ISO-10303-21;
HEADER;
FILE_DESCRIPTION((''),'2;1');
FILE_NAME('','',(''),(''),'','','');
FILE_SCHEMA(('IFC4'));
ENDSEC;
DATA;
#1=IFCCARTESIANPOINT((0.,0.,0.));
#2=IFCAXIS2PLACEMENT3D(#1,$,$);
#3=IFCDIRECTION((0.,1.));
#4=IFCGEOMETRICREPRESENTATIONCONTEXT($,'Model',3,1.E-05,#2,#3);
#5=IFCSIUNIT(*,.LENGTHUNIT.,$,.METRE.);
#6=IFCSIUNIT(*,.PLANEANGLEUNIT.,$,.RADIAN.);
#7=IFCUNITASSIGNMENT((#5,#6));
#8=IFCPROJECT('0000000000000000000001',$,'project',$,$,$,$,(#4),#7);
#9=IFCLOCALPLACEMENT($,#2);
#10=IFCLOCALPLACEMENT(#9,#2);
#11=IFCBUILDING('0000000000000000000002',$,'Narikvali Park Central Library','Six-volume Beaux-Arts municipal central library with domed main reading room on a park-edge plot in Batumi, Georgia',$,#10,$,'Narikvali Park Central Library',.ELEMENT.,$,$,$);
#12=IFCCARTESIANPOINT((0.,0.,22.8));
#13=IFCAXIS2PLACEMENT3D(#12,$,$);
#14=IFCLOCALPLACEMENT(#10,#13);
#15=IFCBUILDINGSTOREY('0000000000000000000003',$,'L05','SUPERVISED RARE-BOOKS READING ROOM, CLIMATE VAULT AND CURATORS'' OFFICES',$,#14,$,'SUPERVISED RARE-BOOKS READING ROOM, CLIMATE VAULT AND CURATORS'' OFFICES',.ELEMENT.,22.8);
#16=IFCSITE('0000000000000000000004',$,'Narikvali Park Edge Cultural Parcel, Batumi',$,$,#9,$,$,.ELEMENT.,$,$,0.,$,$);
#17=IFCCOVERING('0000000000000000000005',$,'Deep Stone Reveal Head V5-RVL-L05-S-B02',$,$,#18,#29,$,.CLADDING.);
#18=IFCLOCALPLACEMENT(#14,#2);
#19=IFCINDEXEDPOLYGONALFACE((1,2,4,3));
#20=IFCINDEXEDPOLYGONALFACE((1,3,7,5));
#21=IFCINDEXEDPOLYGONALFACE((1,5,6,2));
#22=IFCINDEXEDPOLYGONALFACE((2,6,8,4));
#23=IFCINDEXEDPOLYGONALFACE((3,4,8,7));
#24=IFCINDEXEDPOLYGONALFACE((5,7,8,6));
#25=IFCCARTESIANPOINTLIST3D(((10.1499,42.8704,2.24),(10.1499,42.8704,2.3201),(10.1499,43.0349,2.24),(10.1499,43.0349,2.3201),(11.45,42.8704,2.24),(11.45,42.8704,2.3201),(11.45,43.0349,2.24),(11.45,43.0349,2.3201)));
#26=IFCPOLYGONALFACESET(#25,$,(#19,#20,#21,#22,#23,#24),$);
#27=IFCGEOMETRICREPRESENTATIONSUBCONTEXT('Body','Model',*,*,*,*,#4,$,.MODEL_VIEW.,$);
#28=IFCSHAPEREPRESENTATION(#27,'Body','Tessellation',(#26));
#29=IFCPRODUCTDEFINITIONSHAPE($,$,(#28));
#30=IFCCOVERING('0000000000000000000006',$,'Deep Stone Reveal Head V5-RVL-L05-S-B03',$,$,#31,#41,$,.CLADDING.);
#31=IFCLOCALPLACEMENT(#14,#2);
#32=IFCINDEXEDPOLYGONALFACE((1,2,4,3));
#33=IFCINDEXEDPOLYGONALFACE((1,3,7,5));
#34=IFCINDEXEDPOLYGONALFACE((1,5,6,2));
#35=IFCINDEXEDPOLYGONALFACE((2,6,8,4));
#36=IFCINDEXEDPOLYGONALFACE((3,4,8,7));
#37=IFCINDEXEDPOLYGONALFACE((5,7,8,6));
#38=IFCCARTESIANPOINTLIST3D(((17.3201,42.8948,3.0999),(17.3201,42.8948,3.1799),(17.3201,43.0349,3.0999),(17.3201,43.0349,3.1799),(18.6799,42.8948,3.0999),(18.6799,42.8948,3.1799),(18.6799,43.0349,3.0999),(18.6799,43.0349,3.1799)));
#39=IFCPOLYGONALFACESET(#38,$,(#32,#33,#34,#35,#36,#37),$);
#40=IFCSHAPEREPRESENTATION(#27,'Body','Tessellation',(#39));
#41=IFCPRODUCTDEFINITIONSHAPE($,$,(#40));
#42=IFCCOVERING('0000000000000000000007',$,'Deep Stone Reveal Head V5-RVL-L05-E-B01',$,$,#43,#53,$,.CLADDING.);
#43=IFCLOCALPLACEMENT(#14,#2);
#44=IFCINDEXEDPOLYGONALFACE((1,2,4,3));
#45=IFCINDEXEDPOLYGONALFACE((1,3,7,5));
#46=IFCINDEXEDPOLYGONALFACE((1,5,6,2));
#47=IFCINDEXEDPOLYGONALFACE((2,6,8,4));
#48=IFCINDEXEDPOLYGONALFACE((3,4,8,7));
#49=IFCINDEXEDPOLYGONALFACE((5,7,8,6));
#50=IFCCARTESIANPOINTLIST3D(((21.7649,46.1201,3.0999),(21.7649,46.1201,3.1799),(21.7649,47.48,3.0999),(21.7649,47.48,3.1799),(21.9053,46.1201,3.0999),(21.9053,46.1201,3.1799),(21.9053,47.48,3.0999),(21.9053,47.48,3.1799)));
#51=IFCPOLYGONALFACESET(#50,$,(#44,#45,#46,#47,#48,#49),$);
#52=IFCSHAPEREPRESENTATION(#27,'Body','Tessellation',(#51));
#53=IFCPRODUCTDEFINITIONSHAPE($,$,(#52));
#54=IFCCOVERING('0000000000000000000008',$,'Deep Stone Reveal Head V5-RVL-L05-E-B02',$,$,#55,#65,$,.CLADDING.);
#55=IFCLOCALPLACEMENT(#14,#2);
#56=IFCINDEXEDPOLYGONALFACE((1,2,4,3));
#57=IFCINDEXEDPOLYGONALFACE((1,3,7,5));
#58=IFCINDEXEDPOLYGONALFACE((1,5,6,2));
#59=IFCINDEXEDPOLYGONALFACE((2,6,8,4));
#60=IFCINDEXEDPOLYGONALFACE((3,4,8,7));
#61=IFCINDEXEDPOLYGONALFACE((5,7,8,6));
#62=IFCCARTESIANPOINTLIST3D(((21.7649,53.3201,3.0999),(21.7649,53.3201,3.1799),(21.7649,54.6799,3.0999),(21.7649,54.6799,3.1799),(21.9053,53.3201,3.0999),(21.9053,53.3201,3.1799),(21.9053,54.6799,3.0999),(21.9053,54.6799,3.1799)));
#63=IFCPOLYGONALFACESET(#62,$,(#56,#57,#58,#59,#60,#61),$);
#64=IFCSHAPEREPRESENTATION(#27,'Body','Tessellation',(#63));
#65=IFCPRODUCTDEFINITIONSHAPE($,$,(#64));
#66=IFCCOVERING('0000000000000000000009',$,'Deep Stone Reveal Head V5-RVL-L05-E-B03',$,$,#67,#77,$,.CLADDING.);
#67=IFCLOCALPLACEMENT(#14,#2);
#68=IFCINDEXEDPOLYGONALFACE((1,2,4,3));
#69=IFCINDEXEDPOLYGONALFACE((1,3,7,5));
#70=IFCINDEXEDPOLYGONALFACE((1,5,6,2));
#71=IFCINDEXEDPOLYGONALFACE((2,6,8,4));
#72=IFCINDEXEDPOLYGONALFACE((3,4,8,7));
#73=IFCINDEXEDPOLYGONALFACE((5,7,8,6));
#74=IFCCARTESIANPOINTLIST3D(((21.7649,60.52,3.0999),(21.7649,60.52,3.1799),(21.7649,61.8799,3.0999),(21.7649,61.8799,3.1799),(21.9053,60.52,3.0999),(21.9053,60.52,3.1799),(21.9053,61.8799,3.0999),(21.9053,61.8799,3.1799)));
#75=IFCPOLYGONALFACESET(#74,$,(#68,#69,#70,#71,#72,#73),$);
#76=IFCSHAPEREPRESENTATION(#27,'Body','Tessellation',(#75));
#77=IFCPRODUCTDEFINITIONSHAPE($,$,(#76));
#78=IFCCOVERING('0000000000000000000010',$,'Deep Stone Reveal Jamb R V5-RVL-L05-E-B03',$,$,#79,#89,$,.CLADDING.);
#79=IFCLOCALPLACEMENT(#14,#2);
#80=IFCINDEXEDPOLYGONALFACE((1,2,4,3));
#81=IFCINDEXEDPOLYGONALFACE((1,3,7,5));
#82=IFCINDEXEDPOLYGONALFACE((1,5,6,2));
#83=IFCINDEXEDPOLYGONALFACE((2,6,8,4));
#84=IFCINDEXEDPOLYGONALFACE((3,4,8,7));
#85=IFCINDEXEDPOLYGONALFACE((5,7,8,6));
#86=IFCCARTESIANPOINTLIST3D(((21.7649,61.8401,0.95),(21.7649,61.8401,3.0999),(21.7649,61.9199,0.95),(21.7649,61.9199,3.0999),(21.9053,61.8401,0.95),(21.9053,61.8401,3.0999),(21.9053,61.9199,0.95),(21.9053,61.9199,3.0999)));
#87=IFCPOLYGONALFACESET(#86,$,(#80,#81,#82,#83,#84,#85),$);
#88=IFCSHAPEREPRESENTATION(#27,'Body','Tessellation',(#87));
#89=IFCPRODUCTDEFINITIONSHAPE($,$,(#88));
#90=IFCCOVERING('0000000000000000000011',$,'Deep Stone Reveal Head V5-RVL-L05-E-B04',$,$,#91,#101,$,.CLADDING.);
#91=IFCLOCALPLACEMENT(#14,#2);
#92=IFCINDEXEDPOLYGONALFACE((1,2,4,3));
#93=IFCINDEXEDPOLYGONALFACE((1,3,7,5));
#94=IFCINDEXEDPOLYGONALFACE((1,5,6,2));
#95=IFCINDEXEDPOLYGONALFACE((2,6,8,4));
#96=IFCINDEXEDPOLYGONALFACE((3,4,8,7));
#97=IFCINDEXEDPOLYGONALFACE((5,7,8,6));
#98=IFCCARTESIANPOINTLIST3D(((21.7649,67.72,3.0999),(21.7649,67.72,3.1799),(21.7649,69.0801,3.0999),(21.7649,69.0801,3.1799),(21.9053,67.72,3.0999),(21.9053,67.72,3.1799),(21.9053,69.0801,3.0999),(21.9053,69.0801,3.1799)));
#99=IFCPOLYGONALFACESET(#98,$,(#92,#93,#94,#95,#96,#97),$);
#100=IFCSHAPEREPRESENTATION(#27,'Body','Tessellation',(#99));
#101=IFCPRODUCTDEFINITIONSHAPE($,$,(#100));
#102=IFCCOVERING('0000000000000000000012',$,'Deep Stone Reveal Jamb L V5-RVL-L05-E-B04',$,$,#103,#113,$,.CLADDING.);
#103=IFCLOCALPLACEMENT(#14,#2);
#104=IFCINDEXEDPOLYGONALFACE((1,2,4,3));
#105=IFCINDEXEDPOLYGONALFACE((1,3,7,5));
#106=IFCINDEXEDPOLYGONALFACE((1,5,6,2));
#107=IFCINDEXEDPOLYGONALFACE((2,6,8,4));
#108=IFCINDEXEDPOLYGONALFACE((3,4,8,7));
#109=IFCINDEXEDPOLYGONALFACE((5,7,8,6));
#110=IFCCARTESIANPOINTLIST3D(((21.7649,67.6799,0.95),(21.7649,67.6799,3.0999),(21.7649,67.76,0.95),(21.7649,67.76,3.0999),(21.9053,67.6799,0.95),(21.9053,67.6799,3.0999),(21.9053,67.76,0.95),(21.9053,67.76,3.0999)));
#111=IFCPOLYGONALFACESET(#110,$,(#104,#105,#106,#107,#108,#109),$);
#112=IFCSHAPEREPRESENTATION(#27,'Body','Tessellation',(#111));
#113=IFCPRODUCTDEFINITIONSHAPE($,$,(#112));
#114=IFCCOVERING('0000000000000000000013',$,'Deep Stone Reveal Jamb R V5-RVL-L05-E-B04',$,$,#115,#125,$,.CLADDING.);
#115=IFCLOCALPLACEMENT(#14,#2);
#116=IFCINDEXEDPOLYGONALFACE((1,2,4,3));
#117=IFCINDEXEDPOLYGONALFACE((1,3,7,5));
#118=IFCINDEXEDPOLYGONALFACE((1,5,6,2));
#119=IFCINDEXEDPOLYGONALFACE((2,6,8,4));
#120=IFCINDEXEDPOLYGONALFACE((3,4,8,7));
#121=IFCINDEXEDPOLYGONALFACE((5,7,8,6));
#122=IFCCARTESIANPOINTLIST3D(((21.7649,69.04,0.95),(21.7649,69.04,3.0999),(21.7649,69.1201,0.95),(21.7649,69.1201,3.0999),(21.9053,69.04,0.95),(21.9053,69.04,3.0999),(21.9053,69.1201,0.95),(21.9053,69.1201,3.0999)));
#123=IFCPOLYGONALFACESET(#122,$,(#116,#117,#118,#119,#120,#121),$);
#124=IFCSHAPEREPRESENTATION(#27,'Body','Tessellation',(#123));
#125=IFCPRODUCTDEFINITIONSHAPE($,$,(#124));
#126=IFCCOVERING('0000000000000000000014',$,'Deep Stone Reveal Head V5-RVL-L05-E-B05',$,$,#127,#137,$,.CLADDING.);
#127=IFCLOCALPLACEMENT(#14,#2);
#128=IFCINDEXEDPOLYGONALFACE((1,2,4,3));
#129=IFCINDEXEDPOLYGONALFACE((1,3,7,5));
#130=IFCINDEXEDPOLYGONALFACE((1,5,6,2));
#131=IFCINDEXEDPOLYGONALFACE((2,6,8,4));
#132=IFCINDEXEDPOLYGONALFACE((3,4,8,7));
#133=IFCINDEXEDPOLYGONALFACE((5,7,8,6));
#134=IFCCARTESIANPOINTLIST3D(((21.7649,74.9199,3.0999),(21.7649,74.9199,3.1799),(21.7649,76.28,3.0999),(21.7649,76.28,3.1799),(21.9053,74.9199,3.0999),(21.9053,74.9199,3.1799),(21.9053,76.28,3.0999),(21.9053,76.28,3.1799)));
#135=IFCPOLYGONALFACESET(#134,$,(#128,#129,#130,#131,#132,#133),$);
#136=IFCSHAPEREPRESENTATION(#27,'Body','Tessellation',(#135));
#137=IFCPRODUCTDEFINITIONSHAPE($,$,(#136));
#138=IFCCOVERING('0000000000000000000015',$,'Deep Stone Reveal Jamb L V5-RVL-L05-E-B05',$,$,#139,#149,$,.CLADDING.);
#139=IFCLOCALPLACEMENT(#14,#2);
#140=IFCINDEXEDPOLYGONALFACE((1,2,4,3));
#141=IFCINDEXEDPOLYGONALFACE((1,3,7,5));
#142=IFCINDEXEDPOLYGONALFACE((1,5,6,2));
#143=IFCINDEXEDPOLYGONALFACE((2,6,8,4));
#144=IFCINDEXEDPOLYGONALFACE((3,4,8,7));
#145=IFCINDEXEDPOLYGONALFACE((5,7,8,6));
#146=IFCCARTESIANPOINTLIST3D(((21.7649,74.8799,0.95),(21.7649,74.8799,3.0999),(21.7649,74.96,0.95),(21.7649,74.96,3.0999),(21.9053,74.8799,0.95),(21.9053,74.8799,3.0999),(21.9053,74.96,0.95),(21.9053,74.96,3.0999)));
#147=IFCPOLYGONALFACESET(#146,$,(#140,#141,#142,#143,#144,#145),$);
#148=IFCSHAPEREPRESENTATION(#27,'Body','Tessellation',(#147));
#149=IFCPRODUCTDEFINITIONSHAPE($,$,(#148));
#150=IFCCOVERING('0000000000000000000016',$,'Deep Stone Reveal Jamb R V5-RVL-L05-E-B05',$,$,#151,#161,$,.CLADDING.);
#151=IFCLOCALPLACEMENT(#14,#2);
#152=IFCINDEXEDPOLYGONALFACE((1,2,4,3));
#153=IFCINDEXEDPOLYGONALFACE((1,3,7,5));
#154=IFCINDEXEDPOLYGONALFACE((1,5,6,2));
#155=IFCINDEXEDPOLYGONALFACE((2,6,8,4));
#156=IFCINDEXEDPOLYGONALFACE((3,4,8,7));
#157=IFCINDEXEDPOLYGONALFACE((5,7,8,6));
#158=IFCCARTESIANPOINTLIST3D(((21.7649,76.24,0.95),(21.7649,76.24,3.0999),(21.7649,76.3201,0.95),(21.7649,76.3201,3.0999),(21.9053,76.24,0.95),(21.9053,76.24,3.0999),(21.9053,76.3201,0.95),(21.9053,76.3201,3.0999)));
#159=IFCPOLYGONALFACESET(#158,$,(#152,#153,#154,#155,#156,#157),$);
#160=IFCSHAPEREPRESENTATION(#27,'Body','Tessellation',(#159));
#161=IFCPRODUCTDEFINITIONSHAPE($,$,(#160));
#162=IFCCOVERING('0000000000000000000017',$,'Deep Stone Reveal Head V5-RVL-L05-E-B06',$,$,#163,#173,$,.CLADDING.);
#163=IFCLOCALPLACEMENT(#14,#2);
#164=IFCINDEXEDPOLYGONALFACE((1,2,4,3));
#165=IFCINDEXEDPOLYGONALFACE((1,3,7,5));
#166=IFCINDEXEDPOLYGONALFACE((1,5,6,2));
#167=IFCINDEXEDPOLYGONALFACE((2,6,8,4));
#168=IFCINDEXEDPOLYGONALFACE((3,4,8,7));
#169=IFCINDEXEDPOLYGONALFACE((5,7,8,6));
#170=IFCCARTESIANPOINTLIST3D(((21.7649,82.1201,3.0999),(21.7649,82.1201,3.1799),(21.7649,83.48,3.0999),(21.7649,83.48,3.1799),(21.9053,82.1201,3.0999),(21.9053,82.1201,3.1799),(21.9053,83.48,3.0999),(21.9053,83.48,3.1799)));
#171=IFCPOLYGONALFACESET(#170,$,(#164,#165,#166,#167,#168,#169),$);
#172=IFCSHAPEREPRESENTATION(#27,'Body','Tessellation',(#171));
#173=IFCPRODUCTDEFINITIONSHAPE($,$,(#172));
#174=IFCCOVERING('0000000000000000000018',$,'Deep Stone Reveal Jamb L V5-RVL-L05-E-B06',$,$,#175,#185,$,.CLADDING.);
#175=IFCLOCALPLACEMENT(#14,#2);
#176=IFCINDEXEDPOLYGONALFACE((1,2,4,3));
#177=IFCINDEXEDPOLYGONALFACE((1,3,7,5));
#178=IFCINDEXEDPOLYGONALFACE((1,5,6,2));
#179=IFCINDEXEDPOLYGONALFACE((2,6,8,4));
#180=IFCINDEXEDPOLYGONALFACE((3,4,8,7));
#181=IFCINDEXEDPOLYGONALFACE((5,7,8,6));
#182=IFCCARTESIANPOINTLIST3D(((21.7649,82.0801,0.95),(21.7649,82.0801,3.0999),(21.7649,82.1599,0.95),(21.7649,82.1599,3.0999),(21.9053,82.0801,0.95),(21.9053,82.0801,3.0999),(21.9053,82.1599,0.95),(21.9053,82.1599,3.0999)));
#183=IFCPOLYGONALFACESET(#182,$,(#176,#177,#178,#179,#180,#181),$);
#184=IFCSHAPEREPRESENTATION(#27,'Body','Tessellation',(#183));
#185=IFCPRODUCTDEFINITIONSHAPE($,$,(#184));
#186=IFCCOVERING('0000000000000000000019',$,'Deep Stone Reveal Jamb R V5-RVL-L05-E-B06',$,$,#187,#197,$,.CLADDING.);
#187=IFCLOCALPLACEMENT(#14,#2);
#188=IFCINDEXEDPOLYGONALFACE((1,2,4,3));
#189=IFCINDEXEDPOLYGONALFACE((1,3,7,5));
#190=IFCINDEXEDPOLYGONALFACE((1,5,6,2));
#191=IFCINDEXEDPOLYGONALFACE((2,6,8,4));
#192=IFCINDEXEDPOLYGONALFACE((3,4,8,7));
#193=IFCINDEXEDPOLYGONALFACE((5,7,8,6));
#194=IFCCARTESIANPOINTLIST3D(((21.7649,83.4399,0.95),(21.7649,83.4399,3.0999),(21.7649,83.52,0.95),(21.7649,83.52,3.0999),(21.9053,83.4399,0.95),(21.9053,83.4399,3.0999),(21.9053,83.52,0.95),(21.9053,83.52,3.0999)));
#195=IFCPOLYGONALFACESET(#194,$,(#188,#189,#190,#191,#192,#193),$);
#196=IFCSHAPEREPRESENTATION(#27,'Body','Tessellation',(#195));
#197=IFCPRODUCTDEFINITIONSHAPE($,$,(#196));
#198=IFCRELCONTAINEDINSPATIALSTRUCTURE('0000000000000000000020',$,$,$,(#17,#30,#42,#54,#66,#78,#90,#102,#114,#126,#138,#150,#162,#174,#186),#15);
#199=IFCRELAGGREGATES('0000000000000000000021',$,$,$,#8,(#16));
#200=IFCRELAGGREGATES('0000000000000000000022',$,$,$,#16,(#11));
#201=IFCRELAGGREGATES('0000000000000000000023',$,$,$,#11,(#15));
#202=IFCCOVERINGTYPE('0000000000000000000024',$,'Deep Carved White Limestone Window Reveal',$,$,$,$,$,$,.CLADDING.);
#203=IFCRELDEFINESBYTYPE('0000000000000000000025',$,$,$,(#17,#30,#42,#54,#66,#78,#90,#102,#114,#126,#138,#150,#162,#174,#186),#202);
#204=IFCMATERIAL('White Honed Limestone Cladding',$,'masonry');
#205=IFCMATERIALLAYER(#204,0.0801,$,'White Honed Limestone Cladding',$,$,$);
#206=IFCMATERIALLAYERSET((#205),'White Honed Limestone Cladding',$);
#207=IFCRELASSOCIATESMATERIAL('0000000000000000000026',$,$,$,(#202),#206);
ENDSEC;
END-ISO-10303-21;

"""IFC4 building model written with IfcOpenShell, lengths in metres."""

from ifc_helpers import new_model, si_unit, direction, frame, origin, place, context, subcontext, project, spatial, polyline, outline, extrude, material, layer, layer_set, type_object, element, save


model = new_model("IFC4")

# Units and contexts
model_context = context("Model", 3, precision=1e-05, world=origin(), true_north=direction((0.0, 1.0)))
body_context = subcontext(model_context, "Body", "Model", "MODEL_VIEW")
ifc_project = project(units=[si_unit("LENGTHUNIT", "METRE"), si_unit("PLANEANGLEUNIT", "RADIAN")], contexts=[model_context])

# Site, building, storey
site_placement = place(None, origin())
site = spatial("IfcSite", under=ifc_project, at=site_placement, Name="Narikvali Park Edge Cultural Parcel, Batumi", CompositionType="ELEMENT", RefElevation=0.0)
building_placement = place(site_placement, origin())
building = spatial("IfcBuilding", under=site, at=building_placement, Name="Narikvali Park Central Library", Description="Six-volume Beaux-Arts municipal central library with domed main reading room on a park-edge plot in Batumi, Georgia", LongName="Narikvali Park Central Library", CompositionType="ELEMENT")
storey_placement = place(building_placement, frame((0.0, 0.0, 22.8)))
storey = spatial("IfcBuildingStorey", under=building, at=storey_placement, Name="L05", Description="SUPERVISED RARE-BOOKS READING ROOM, CLIMATE VAULT AND CURATORS' OFFICES", LongName="SUPERVISED RARE-BOOKS READING ROOM, CLIMATE VAULT AND CURATORS' OFFICES", CompositionType="ELEMENT", Elevation=22.8)

# Coverings
ifc_material = material(Name="White Honed Limestone Cladding", Category="masonry")
ifc_layer = layer(ifc_material, 0.0801, Name="White Honed Limestone Cladding")
ifc_layer_set = layer_set([ifc_layer], Name="White Honed Limestone Cladding")
covering_type = type_object("IfcCoveringType", Name="Deep Carved White Limestone Window Reveal", PredefinedType="CLADDING", material=ifc_layer_set)
covering_1_placement = place(storey_placement, frame((0.0, 0.0, 2.24)))
element("IfcCovering", 1, at=covering_1_placement, inside=storey, type_object=covering_type, Name="Deep Stone Reveal Head V5-RVL-L05-S-B02", PredefinedType="CLADDING", context=body_context, shape_type="SweptSolid", body=[
    extrude(outline(polyline([(10.1499, 43.0349), (11.45, 43.0349), (11.45, 42.8704), (10.1499, 42.8704), (10.1499, 43.0349)])), origin(), (0.0, 0.0, 1.0), 0.0801),
])
covering_2_placement = place(storey_placement, frame((0.0, 0.0, 3.0999)))
element("IfcCovering", 2, at=covering_2_placement, inside=storey, type_object=covering_type, Name="Deep Stone Reveal Head V5-RVL-L05-S-B03", PredefinedType="CLADDING", context=body_context, shape_type="SweptSolid", body=[
    extrude(outline(polyline([(17.3201, 43.0349), (18.6799, 43.0349), (18.6799, 42.8948), (17.3201, 42.8948), (17.3201, 43.0349)])), origin(), (0.0, 0.0, 1.0), 0.0801),
])
covering_3_placement = place(storey_placement, frame((0.0, 0.0, 3.0999)))
element("IfcCovering", 3, at=covering_3_placement, inside=storey, type_object=covering_type, Name="Deep Stone Reveal Head V5-RVL-L05-E-B01", PredefinedType="CLADDING", context=body_context, shape_type="SweptSolid", body=[
    extrude(outline(polyline([(21.7649, 46.1201), (21.7649, 47.48), (21.9053, 47.48), (21.9053, 46.1201), (21.7649, 46.1201)])), origin(), (0.0, 0.0, 1.0), 0.0801),
])
covering_4_placement = place(storey_placement, frame((0.0, 0.0, 3.0999)))
element("IfcCovering", 4, at=covering_4_placement, inside=storey, type_object=covering_type, Name="Deep Stone Reveal Head V5-RVL-L05-E-B02", PredefinedType="CLADDING", context=body_context, shape_type="SweptSolid", body=[
    extrude(outline(polyline([(21.7649, 53.3201), (21.7649, 54.6799), (21.9053, 54.6799), (21.9053, 53.3201), (21.7649, 53.3201)])), origin(), (0.0, 0.0, 1.0), 0.0801),
])
covering_5_placement = place(storey_placement, frame((0.0, 0.0, 3.0999)))
element("IfcCovering", 5, at=covering_5_placement, inside=storey, type_object=covering_type, Name="Deep Stone Reveal Head V5-RVL-L05-E-B03", PredefinedType="CLADDING", context=body_context, shape_type="SweptSolid", body=[
    extrude(outline(polyline([(21.7649, 60.52), (21.7649, 61.8799), (21.9053, 61.8799), (21.9053, 60.52), (21.7649, 60.52)])), origin(), (0.0, 0.0, 1.0), 0.0801),
])
covering_6_placement = place(storey_placement, frame((0.0, 0.0, 0.95)))
element("IfcCovering", 6, at=covering_6_placement, inside=storey, type_object=covering_type, Name="Deep Stone Reveal Jamb R V5-RVL-L05-E-B03", PredefinedType="CLADDING", context=body_context, shape_type="SweptSolid", body=[
    extrude(outline(polyline([(21.7649, 61.8401), (21.7649, 61.9199), (21.9053, 61.9199), (21.9053, 61.8401), (21.7649, 61.8401)])), origin(), (0.0, 0.0, 1.0), 2.1499),
])
covering_7_placement = place(storey_placement, frame((0.0, 0.0, 3.0999)))
element("IfcCovering", 7, at=covering_7_placement, inside=storey, type_object=covering_type, Name="Deep Stone Reveal Head V5-RVL-L05-E-B04", PredefinedType="CLADDING", context=body_context, shape_type="SweptSolid", body=[
    extrude(outline(polyline([(21.7649, 67.72), (21.7649, 69.0801), (21.9053, 69.0801), (21.9053, 67.72), (21.7649, 67.72)])), origin(), (0.0, 0.0, 1.0), 0.0801),
])
covering_8_placement = place(storey_placement, frame((0.0, 0.0, 0.95)))
element("IfcCovering", 8, at=covering_8_placement, inside=storey, type_object=covering_type, Name="Deep Stone Reveal Jamb L V5-RVL-L05-E-B04", PredefinedType="CLADDING", context=body_context, shape_type="SweptSolid", body=[
    extrude(outline(polyline([(21.7649, 67.6799), (21.7649, 67.76), (21.9053, 67.76), (21.9053, 67.6799), (21.7649, 67.6799)])), origin(), (0.0, 0.0, 1.0), 2.1499),
])
covering_9_placement = place(storey_placement, frame((0.0, 0.0, 0.95)))
element("IfcCovering", 9, at=covering_9_placement, inside=storey, type_object=covering_type, Name="Deep Stone Reveal Jamb R V5-RVL-L05-E-B04", PredefinedType="CLADDING", context=body_context, shape_type="SweptSolid", body=[
    extrude(outline(polyline([(21.7649, 69.04), (21.7649, 69.1201), (21.9053, 69.1201), (21.9053, 69.04), (21.7649, 69.04)])), origin(), (0.0, 0.0, 1.0), 2.1499),
])
covering_10_placement = place(storey_placement, frame((0.0, 0.0, 3.0999)))
element("IfcCovering", 10, at=covering_10_placement, inside=storey, type_object=covering_type, Name="Deep Stone Reveal Head V5-RVL-L05-E-B05", PredefinedType="CLADDING", context=body_context, shape_type="SweptSolid", body=[
    extrude(outline(polyline([(21.7649, 74.9199), (21.7649, 76.28), (21.9053, 76.28), (21.9053, 74.9199), (21.7649, 74.9199)])), origin(), (0.0, 0.0, 1.0), 0.0801),
])
covering_11_placement = place(storey_placement, frame((0.0, 0.0, 0.95)))
element("IfcCovering", 11, at=covering_11_placement, inside=storey, type_object=covering_type, Name="Deep Stone Reveal Jamb L V5-RVL-L05-E-B05", PredefinedType="CLADDING", context=body_context, shape_type="SweptSolid", body=[
    extrude(outline(polyline([(21.7649, 74.8799), (21.7649, 74.96), (21.9053, 74.96), (21.9053, 74.8799), (21.7649, 74.8799)])), origin(), (0.0, 0.0, 1.0), 2.1499),
])
covering_12_placement = place(storey_placement, frame((0.0, 0.0, 0.95)))
element("IfcCovering", 12, at=covering_12_placement, inside=storey, type_object=covering_type, Name="Deep Stone Reveal Jamb R V5-RVL-L05-E-B05", PredefinedType="CLADDING", context=body_context, shape_type="SweptSolid", body=[
    extrude(outline(polyline([(21.7649, 76.24), (21.7649, 76.3201), (21.9053, 76.3201), (21.9053, 76.24), (21.7649, 76.24)])), origin(), (0.0, 0.0, 1.0), 2.1499),
])
covering_13_placement = place(storey_placement, frame((0.0, 0.0, 3.0999)))
element("IfcCovering", 13, at=covering_13_placement, inside=storey, type_object=covering_type, Name="Deep Stone Reveal Head V5-RVL-L05-E-B06", PredefinedType="CLADDING", context=body_context, shape_type="SweptSolid", body=[
    extrude(outline(polyline([(21.7649, 82.1201), (21.7649, 83.48), (21.9053, 83.48), (21.9053, 82.1201), (21.7649, 82.1201)])), origin(), (0.0, 0.0, 1.0), 0.0801),
])
covering_14_placement = place(storey_placement, frame((0.0, 0.0, 0.95)))
element("IfcCovering", 14, at=covering_14_placement, inside=storey, type_object=covering_type, Name="Deep Stone Reveal Jamb L V5-RVL-L05-E-B06", PredefinedType="CLADDING", context=body_context, shape_type="SweptSolid", body=[
    extrude(outline(polyline([(21.7649, 82.0801), (21.7649, 82.1599), (21.9053, 82.1599), (21.9053, 82.0801), (21.7649, 82.0801)])), origin(), (0.0, 0.0, 1.0), 2.1499),
])
covering_15_placement = place(storey_placement, frame((0.0, 0.0, 0.95)))
element("IfcCovering", 15, at=covering_15_placement, inside=storey, type_object=covering_type, Name="Deep Stone Reveal Jamb R V5-RVL-L05-E-B06", PredefinedType="CLADDING", context=body_context, shape_type="SweptSolid", body=[
    extrude(outline(polyline([(21.7649, 83.4399), (21.7649, 83.52), (21.9053, 83.52), (21.9053, 83.4399), (21.7649, 83.4399)])), origin(), (0.0, 0.0, 1.0), 2.1499),
])

save(model, "model.ifc")
